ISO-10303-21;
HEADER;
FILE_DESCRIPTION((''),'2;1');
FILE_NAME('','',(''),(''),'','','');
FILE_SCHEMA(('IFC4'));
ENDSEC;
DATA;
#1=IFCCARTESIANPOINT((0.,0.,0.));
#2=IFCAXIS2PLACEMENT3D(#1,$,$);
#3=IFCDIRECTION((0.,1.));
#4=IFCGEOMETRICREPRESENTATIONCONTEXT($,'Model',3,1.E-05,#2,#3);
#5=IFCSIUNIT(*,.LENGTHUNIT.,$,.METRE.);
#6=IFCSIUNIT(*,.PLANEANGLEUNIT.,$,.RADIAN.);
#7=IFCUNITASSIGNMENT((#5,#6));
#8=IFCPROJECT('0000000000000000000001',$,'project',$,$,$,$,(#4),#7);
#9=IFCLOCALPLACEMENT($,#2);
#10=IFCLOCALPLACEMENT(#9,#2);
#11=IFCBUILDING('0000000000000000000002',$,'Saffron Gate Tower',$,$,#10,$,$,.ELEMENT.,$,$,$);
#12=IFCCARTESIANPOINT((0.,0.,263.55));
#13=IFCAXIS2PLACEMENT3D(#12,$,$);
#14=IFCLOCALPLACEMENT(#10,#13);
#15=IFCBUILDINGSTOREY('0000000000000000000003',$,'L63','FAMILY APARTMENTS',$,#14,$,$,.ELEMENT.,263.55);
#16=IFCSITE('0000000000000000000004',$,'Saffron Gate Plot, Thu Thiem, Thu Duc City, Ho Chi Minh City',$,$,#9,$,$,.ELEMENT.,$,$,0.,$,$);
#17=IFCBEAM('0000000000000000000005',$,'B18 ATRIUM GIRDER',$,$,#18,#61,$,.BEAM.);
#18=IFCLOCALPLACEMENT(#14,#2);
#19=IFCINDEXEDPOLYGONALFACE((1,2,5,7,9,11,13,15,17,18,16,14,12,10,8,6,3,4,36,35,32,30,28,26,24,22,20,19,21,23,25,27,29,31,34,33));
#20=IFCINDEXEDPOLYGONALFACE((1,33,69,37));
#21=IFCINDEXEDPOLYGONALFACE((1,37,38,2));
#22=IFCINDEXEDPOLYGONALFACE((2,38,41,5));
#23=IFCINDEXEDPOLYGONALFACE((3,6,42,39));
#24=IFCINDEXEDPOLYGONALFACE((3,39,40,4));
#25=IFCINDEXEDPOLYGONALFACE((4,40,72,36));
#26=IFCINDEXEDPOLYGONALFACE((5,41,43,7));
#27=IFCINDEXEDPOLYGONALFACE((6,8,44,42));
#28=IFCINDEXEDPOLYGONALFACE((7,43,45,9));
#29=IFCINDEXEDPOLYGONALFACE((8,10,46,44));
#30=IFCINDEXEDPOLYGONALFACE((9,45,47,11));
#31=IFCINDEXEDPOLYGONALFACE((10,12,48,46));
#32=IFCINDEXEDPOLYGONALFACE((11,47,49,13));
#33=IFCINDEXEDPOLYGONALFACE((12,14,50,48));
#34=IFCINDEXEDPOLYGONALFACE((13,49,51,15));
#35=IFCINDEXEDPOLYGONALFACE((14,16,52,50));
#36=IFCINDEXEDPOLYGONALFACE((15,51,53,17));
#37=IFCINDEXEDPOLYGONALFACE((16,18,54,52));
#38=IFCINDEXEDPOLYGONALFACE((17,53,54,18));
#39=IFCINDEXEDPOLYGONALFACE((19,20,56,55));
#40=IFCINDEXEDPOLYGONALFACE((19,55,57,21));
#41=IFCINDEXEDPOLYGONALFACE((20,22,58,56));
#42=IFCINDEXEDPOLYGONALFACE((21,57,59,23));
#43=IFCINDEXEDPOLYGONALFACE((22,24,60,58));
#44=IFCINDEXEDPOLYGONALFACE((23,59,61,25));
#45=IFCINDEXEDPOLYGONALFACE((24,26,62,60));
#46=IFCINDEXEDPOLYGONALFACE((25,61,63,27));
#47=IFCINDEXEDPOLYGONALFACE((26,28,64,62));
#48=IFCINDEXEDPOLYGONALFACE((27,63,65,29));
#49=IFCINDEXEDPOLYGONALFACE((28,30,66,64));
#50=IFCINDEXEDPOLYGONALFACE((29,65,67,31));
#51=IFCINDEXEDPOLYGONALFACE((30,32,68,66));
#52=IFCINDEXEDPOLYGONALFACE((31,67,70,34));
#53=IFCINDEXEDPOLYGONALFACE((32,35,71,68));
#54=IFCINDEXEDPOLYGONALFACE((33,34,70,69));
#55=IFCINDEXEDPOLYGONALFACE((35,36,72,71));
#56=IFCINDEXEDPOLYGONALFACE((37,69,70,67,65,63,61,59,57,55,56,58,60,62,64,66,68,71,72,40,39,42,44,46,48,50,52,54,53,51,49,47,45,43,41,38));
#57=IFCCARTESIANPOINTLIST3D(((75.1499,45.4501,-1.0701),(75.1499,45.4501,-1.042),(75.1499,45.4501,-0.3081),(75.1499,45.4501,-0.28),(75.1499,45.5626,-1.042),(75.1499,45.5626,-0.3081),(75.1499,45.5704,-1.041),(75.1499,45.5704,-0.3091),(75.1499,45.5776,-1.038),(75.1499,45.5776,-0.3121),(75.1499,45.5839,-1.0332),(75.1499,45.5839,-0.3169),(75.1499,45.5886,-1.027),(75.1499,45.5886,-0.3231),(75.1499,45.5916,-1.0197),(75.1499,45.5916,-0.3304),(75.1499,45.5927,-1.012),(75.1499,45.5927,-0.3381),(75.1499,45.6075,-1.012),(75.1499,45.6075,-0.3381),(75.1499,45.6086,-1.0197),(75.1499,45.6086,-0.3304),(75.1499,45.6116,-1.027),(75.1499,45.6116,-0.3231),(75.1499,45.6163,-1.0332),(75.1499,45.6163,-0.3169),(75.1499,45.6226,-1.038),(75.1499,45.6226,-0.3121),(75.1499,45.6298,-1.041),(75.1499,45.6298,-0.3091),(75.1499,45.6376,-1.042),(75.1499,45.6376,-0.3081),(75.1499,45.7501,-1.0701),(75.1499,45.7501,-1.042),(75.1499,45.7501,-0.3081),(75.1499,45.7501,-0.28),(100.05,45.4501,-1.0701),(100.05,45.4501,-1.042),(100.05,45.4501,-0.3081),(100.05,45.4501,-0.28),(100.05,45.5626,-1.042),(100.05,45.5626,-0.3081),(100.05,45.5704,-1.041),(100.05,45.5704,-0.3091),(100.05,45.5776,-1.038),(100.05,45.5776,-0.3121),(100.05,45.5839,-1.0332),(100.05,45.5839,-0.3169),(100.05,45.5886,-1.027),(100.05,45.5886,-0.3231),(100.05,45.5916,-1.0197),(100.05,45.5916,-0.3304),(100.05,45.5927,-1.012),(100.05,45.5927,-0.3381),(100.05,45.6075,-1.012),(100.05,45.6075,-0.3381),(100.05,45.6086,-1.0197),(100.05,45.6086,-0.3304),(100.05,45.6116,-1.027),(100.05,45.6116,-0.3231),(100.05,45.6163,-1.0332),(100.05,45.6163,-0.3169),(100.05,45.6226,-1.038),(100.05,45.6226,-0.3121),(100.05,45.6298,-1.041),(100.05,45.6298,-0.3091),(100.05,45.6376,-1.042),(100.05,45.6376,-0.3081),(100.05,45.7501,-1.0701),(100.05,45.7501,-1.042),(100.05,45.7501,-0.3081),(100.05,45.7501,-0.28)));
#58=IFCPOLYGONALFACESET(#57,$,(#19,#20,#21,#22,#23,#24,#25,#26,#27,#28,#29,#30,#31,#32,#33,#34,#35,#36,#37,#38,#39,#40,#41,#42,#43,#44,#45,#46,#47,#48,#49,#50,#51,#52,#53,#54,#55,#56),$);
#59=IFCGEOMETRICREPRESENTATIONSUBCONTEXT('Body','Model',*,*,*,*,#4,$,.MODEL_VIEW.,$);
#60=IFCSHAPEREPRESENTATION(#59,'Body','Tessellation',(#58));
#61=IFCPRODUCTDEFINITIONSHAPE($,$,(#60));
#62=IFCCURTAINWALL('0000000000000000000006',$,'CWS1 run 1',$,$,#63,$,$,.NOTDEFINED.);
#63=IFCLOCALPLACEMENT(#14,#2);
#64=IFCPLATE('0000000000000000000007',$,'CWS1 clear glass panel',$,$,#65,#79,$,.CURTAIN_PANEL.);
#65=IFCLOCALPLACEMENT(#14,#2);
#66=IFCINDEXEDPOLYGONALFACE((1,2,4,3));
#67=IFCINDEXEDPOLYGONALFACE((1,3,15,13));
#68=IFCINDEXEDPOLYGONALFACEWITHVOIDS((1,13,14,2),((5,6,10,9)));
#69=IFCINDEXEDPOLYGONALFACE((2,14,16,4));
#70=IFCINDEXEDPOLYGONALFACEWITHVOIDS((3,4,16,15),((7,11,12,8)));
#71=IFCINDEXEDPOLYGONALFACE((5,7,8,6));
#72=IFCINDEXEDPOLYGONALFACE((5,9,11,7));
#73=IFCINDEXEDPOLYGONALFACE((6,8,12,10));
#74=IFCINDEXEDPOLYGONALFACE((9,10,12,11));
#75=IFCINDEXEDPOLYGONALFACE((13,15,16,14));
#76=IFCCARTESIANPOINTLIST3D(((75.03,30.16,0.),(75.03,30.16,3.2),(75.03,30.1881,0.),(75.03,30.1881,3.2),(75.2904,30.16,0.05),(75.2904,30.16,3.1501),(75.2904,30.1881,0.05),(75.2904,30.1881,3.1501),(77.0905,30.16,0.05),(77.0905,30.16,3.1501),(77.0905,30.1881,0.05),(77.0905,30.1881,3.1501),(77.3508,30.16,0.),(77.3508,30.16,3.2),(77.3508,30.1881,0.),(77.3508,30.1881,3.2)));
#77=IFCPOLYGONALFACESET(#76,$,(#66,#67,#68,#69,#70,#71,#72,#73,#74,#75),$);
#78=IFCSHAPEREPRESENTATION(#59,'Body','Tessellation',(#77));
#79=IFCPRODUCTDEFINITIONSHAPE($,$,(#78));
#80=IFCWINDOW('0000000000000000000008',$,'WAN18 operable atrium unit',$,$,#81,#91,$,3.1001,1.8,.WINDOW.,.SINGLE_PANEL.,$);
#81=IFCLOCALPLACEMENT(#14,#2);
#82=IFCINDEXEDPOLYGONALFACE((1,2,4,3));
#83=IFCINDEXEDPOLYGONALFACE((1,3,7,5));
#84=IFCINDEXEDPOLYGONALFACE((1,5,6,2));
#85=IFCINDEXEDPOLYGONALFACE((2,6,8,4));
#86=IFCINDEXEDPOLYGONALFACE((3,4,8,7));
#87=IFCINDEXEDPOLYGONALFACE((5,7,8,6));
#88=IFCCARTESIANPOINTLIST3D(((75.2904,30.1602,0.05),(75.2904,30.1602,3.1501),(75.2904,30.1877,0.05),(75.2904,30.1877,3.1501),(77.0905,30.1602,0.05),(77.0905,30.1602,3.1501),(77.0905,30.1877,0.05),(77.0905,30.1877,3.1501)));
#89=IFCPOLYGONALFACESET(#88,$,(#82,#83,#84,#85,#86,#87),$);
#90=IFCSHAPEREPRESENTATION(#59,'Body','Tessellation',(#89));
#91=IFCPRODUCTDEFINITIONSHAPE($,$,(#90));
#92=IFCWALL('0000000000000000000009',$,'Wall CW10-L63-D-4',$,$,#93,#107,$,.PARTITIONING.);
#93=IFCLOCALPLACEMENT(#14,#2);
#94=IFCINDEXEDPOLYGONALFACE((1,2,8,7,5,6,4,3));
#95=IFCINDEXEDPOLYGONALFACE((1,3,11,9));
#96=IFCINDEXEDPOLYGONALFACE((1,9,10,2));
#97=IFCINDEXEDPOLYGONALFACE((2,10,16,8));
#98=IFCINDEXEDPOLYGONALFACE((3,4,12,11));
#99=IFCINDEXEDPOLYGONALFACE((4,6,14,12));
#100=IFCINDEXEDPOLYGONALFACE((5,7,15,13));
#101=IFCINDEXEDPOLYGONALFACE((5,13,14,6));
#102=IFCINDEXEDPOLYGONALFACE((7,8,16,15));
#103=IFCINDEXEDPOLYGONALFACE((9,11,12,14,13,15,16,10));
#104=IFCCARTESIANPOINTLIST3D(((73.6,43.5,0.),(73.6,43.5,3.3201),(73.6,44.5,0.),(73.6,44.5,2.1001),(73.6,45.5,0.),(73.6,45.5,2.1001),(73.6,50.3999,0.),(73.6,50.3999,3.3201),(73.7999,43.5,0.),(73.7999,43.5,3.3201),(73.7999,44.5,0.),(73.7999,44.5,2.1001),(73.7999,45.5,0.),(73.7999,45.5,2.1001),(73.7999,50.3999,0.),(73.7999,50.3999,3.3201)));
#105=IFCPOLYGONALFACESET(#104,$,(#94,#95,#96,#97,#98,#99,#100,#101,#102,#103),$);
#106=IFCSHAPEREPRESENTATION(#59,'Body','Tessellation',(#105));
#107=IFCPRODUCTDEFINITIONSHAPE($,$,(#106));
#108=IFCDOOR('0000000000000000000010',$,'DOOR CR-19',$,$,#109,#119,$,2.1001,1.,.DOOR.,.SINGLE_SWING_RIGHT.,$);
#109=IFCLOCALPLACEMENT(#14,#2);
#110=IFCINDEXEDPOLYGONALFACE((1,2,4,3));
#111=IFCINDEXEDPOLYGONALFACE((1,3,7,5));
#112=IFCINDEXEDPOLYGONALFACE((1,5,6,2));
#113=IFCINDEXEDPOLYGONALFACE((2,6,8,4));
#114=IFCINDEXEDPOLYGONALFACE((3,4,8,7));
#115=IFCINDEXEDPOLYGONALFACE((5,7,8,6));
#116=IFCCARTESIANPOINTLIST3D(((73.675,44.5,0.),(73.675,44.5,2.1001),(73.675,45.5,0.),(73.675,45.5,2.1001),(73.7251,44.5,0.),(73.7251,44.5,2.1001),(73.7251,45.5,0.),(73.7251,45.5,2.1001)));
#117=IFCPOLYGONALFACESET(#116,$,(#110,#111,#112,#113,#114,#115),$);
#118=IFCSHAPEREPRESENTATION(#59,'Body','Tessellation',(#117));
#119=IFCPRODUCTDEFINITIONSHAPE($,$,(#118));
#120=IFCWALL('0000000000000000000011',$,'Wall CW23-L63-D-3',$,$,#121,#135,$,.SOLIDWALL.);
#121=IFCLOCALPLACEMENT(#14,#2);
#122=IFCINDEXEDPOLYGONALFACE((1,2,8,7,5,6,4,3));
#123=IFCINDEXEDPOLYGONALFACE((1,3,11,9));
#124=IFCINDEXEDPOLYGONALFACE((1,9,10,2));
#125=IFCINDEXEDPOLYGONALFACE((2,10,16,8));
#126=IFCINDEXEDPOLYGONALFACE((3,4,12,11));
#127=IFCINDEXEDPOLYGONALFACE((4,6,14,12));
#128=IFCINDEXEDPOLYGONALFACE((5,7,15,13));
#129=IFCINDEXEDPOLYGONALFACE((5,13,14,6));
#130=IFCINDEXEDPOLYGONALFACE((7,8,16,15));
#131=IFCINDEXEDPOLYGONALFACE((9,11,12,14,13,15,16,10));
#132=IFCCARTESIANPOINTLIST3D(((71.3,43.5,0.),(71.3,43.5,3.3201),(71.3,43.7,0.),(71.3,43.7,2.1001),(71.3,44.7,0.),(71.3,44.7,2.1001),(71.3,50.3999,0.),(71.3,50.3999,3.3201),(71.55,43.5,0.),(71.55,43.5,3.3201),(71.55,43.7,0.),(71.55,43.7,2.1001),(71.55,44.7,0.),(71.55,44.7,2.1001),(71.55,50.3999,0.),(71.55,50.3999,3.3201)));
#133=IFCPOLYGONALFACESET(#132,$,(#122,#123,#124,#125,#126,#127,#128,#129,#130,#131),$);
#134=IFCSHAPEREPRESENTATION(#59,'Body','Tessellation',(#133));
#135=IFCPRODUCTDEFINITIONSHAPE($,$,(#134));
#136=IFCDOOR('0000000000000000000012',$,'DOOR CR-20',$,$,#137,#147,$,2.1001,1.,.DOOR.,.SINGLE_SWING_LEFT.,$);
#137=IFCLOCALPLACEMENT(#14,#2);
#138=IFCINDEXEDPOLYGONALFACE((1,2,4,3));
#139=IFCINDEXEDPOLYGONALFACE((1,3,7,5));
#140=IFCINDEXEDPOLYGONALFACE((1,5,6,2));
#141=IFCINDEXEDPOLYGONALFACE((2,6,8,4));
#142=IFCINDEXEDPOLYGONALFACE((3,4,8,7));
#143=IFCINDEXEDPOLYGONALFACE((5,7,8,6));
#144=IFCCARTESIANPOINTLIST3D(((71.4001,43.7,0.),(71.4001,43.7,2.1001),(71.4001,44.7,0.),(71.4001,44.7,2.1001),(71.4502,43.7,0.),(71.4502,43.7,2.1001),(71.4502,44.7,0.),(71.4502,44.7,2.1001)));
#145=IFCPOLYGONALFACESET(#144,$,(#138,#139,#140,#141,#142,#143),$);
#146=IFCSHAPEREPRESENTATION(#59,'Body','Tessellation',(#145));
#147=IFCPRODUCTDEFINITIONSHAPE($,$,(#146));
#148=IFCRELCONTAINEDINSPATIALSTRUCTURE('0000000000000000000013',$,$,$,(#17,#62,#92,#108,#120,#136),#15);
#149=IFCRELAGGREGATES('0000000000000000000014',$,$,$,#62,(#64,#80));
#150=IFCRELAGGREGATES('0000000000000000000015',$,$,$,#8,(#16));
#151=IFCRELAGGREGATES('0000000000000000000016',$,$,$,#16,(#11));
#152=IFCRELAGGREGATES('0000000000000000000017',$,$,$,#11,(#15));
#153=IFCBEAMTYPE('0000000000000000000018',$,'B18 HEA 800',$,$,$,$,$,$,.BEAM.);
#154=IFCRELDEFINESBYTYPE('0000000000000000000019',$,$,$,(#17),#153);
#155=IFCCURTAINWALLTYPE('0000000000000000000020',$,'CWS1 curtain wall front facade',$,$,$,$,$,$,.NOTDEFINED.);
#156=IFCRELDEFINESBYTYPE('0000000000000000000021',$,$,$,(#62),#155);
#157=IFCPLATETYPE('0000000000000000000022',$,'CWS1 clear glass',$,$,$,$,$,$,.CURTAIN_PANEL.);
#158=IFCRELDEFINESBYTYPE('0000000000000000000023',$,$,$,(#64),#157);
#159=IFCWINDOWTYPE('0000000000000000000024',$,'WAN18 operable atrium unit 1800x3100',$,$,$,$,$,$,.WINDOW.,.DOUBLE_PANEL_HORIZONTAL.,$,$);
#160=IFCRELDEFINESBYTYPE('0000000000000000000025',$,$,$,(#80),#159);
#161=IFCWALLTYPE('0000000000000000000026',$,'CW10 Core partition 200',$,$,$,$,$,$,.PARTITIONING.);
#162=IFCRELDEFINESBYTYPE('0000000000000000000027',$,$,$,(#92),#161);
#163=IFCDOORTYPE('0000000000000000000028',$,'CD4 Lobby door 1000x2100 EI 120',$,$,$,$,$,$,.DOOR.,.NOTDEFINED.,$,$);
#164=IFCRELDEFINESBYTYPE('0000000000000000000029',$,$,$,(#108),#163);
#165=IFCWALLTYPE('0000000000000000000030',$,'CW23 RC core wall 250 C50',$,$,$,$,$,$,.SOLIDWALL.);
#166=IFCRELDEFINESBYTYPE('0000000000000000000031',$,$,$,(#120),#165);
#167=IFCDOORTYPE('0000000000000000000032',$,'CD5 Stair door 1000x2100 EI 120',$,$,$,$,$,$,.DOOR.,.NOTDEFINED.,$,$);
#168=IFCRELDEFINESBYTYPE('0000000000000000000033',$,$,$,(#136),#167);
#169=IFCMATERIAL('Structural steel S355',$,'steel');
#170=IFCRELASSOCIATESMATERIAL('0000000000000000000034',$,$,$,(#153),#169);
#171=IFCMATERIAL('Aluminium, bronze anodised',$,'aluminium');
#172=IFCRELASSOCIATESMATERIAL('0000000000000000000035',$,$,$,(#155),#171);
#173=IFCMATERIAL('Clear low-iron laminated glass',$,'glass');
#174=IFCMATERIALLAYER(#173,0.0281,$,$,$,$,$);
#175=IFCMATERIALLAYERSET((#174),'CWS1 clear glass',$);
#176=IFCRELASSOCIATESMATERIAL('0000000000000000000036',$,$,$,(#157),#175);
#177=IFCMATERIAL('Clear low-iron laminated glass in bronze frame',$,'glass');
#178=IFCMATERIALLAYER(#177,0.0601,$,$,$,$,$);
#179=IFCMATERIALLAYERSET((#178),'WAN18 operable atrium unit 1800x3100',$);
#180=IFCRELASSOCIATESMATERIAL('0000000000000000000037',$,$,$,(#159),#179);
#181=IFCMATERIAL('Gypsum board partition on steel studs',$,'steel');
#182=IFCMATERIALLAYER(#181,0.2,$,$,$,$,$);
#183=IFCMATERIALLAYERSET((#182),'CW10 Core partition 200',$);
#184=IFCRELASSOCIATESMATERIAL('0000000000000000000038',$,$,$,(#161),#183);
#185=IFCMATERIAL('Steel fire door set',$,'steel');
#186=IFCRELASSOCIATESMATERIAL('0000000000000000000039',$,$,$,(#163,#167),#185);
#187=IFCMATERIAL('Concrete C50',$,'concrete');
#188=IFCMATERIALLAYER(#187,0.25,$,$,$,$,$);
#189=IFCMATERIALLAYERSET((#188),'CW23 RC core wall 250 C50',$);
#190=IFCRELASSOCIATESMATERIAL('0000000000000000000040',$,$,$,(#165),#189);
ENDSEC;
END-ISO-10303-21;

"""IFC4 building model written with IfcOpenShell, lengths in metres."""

from ifc_helpers import new_model, si_unit, direction, frame, frame_2d, origin, origin_2d, place, context, subcontext, project, spatial, rectangle, i_section, extrude, material, layer, layer_set, material_profile, profile_set, type_object, element, fill, aggregate, save


model = new_model("IFC4")

# Units and contexts
model_context = context("Model", 3, precision=1e-05, world=origin(), true_north=direction((0.0, 1.0)))
body_context = subcontext(model_context, "Body", "Model", "MODEL_VIEW")
ifc_project = project(units=[si_unit("LENGTHUNIT", "METRE"), si_unit("PLANEANGLEUNIT", "RADIAN")], contexts=[model_context])

# Site, building, storey
site_placement = place(None, origin())
site = spatial("IfcSite", under=ifc_project, at=site_placement, Name="Saffron Gate Plot, Thu Thiem, Thu Duc City, Ho Chi Minh City", CompositionType="ELEMENT", RefElevation=0.0)
building_placement = place(site_placement, origin())
building = spatial("IfcBuilding", under=site, at=building_placement, Name="Saffron Gate Tower", CompositionType="ELEMENT")
storey_placement = place(building_placement, frame((0.0, 0.0, 263.55)))
storey = spatial("IfcBuildingStorey", under=building, at=storey_placement, Name="L63", Description="FAMILY APARTMENTS", CompositionType="ELEMENT", Elevation=263.55)

# Beam
ifc_material_1 = material(Name="Structural steel S355", Category="steel")
ifc_material_profile_1 = material_profile(ifc_material_1, i_section(OverallWidth=0.3, OverallDepth=0.79, WebThickness=0.0149, FlangeThickness=0.0281, FilletRadius=0.03, at=origin_2d()))
ifc_profile_set_1 = profile_set([ifc_material_profile_1], Name="Structural steel S355")
beam_type_1 = type_object("IfcBeamType", Name="B18 HEA 800", PredefinedType="BEAM", material=ifc_profile_set_1)
beam_1_placement = place(storey_placement, frame((75.1499, 45.6001, -0.675), z_axis=(1.0, 0.0, 0.0), x_axis=(0.0, 1.0, 0.0)))
element("IfcBeam", 1, at=beam_1_placement, inside=storey, type_object=beam_type_1, Name="B18 ATRIUM GIRDER", PredefinedType="BEAM", context=body_context, shape_type="SweptSolid", body=[
    extrude(i_section(OverallWidth=0.3, OverallDepth=0.79, WebThickness=0.0149, FlangeThickness=0.0281, FilletRadius=0.03, at=origin_2d()), origin(), (0.0, 0.0, 1.0), 24.9001),
])

# Curtain wall, plate, opening, window
ifc_material_2 = material(Name="Aluminium, bronze anodised", Category="aluminium")
curtain_wall_type = type_object("IfcCurtainWallType", Name="CWS1 curtain wall front facade", PredefinedType="NOTDEFINED", material=ifc_material_2)
curtain_wall_placement = place(storey_placement, origin())
curtain_wall = element("IfcCurtainWall", 2, at=curtain_wall_placement, inside=storey, type_object=curtain_wall_type, Name="CWS1 run 1", PredefinedType="NOTDEFINED")
ifc_material_3 = material(Name="Clear low-iron laminated glass", Category="glass")
ifc_layer_1 = layer(ifc_material_3, 0.0281)
ifc_layer_set_1 = layer_set([ifc_layer_1], Name="CWS1 clear glass")
plate_type = type_object("IfcPlateType", Name="CWS1 clear glass", PredefinedType="CURTAIN_PANEL", material=ifc_layer_set_1)
plate_placement = place(storey_placement, frame((75.03, 30.1741, 0.0), z_axis=(0.0, 0.0, 1.0), x_axis=(1.0, 0.0, 0.0)))
plate = element("IfcPlate", 3, at=plate_placement, type_object=plate_type, Name="CWS1 clear glass panel", PredefinedType="CURTAIN_PANEL", context=body_context, shape_type="SweptSolid", body=[
    extrude(rectangle(XDim=2.3208, YDim=0.0281, at=frame_2d((1.1604, 0.0))), origin(), (0.0, 0.0, 1.0), 3.2),
])
opening_1_placement = place(plate_placement, frame((0.2605, 0.0, 0.05)))
opening_1 = element("IfcOpeningElement", 4, at=opening_1_placement, cuts=plate, PredefinedType="OPENING", context=body_context, shape_type="SweptSolid", body=[
    extrude(rectangle(XDim=1.8, YDim=3.1001, at=frame_2d((0.8999, 1.55))), frame((0.0, 0.0239, 0.0), z_axis=(0.0, -1.0, 0.0), x_axis=(1.0, 0.0, 0.0)), (0.0, 0.0, 1.0), 0.0481),
])
ifc_material_4 = material(Name="Clear low-iron laminated glass in bronze frame", Category="glass")
ifc_layer_2 = layer(ifc_material_4, 0.0601)
ifc_layer_set_2 = layer_set([ifc_layer_2], Name="WAN18 operable atrium unit 1800x3100")
window_type = type_object("IfcWindowType", Name="WAN18 operable atrium unit 1800x3100", PartitioningType="DOUBLE_PANEL_HORIZONTAL", PredefinedType="WINDOW", material=ifc_layer_set_2)
window_placement = place(opening_1_placement, origin())
window = element("IfcWindow", 5, at=window_placement, type_object=window_type, Name="WAN18 operable atrium unit", OverallHeight=3.1001, OverallWidth=1.8, PartitioningType="SINGLE_PANEL", PredefinedType="WINDOW", context=body_context, shape_type="SweptSolid", body=[
    extrude(rectangle(XDim=1.8, YDim=3.1001, at=frame_2d((0.8999, 1.55))), frame((0.0, 0.0137, 0.0), z_axis=(0.0, -1.0, 0.0), x_axis=(1.0, 0.0, 0.0)), (0.0, 0.0, 1.0), 0.0276),
])
fill(opening_1, window)
aggregate(curtain_wall, [plate, window])

# Walls, openings, doors
ifc_material_5 = material(Name="Gypsum board partition on steel studs", Category="steel")
ifc_layer_3 = layer(ifc_material_5, 0.2)
ifc_layer_set_3 = layer_set([ifc_layer_3], Name="CW10 Core partition 200")
wall_type_1 = type_object("IfcWallType", Name="CW10 Core partition 200", PredefinedType="PARTITIONING", material=ifc_layer_set_3)
wall_1_placement = place(storey_placement, frame((73.7, 43.5, 0.0), z_axis=(0.0, 0.0, 1.0), x_axis=(0.0, 1.0, 0.0)))
wall_1 = element("IfcWall", 6, at=wall_1_placement, inside=storey, type_object=wall_type_1, Name="Wall CW10-L63-D-4", PredefinedType="PARTITIONING", context=body_context, shape_type="SweptSolid", body=[
    extrude(rectangle(XDim=6.8999, YDim=0.2, at=frame_2d((3.45, 0.0))), origin(), (0.0, 0.0, 1.0), 3.3201),
])
opening_2_placement = place(wall_1_placement, frame((1.0, 0.0, 0.0)))
opening_2 = element("IfcOpeningElement", 7, at=opening_2_placement, cuts=wall_1, PredefinedType="OPENING", context=body_context, shape_type="SweptSolid", body=[
    extrude(rectangle(XDim=1.0, YDim=2.1001, at=frame_2d((0.5, 1.05))), frame((0.0, 0.1099, 0.0), z_axis=(0.0, -1.0, 0.0), x_axis=(1.0, 0.0, 0.0)), (0.0, 0.0, 1.0), 0.22),
])
ifc_material_6 = material(Name="Steel fire door set", Category="steel")
door_type_1 = type_object("IfcDoorType", Name="CD4 Lobby door 1000x2100 EI 120", OperationType="NOTDEFINED", PredefinedType="DOOR", material=ifc_material_6)
door_1_placement = place(opening_2_placement, origin())
door_1 = element("IfcDoor", 8, at=door_1_placement, inside=storey, type_object=door_type_1, Name="DOOR CR-19", OperationType="SINGLE_SWING_RIGHT", OverallHeight=2.1001, OverallWidth=1.0, PredefinedType="DOOR", context=body_context, shape_type="SweptSolid", body=[
    extrude(rectangle(XDim=1.0, YDim=2.1001, at=frame_2d((0.5, 1.05))), frame((0.0, 0.0249, 0.0), z_axis=(0.0, -1.0, 0.0), x_axis=(1.0, 0.0, 0.0)), (0.0, 0.0, 1.0), 0.05),
])
fill(opening_2, door_1)
ifc_material_7 = material(Name="Concrete C50", Category="concrete")
ifc_layer_4 = layer(ifc_material_7, 0.25)
ifc_layer_set_4 = layer_set([ifc_layer_4], Name="CW23 RC core wall 250 C50")
wall_type_2 = type_object("IfcWallType", Name="CW23 RC core wall 250 C50", PredefinedType="SOLIDWALL", material=ifc_layer_set_4)
wall_2_placement = place(storey_placement, frame((71.425, 43.5, 0.0), z_axis=(0.0, 0.0, 1.0), x_axis=(0.0, 1.0, 0.0)))
wall_2 = element("IfcWall", 9, at=wall_2_placement, inside=storey, type_object=wall_type_2, Name="Wall CW23-L63-D-3", PredefinedType="SOLIDWALL", context=body_context, shape_type="SweptSolid", body=[
    extrude(rectangle(XDim=6.8999, YDim=0.25, at=frame_2d((3.45, 0.0))), origin(), (0.0, 0.0, 1.0), 3.3201),
])
opening_3_placement = place(wall_2_placement, frame((0.2, 0.0, 0.0)))
opening_3 = element("IfcOpeningElement", 10, at=opening_3_placement, cuts=wall_2, PredefinedType="OPENING", context=body_context, shape_type="SweptSolid", body=[
    extrude(rectangle(XDim=1.0, YDim=2.1001, at=frame_2d((0.5, 1.05))), frame((0.0, 0.135, 0.0), z_axis=(0.0, -1.0, 0.0), x_axis=(1.0, 0.0, 0.0)), (0.0, 0.0, 1.0), 0.27),
])
door_type_2 = type_object("IfcDoorType", Name="CD5 Stair door 1000x2100 EI 120", OperationType="NOTDEFINED", PredefinedType="DOOR", material=ifc_material_6)
door_2_placement = place(opening_3_placement, origin())
door_2 = element("IfcDoor", 11, at=door_2_placement, inside=storey, type_object=door_type_2, Name="DOOR CR-20", OperationType="SINGLE_SWING_LEFT", OverallHeight=2.1001, OverallWidth=1.0, PredefinedType="DOOR", context=body_context, shape_type="SweptSolid", body=[
    extrude(rectangle(XDim=1.0, YDim=2.1001, at=frame_2d((0.5, 1.05))), frame((0.0, 0.0249, 0.0), z_axis=(0.0, -1.0, 0.0), x_axis=(1.0, 0.0, 0.0)), (0.0, 0.0, 1.0), 0.05),
])
fill(opening_3, door_2)

save(model, "model.ifc")
